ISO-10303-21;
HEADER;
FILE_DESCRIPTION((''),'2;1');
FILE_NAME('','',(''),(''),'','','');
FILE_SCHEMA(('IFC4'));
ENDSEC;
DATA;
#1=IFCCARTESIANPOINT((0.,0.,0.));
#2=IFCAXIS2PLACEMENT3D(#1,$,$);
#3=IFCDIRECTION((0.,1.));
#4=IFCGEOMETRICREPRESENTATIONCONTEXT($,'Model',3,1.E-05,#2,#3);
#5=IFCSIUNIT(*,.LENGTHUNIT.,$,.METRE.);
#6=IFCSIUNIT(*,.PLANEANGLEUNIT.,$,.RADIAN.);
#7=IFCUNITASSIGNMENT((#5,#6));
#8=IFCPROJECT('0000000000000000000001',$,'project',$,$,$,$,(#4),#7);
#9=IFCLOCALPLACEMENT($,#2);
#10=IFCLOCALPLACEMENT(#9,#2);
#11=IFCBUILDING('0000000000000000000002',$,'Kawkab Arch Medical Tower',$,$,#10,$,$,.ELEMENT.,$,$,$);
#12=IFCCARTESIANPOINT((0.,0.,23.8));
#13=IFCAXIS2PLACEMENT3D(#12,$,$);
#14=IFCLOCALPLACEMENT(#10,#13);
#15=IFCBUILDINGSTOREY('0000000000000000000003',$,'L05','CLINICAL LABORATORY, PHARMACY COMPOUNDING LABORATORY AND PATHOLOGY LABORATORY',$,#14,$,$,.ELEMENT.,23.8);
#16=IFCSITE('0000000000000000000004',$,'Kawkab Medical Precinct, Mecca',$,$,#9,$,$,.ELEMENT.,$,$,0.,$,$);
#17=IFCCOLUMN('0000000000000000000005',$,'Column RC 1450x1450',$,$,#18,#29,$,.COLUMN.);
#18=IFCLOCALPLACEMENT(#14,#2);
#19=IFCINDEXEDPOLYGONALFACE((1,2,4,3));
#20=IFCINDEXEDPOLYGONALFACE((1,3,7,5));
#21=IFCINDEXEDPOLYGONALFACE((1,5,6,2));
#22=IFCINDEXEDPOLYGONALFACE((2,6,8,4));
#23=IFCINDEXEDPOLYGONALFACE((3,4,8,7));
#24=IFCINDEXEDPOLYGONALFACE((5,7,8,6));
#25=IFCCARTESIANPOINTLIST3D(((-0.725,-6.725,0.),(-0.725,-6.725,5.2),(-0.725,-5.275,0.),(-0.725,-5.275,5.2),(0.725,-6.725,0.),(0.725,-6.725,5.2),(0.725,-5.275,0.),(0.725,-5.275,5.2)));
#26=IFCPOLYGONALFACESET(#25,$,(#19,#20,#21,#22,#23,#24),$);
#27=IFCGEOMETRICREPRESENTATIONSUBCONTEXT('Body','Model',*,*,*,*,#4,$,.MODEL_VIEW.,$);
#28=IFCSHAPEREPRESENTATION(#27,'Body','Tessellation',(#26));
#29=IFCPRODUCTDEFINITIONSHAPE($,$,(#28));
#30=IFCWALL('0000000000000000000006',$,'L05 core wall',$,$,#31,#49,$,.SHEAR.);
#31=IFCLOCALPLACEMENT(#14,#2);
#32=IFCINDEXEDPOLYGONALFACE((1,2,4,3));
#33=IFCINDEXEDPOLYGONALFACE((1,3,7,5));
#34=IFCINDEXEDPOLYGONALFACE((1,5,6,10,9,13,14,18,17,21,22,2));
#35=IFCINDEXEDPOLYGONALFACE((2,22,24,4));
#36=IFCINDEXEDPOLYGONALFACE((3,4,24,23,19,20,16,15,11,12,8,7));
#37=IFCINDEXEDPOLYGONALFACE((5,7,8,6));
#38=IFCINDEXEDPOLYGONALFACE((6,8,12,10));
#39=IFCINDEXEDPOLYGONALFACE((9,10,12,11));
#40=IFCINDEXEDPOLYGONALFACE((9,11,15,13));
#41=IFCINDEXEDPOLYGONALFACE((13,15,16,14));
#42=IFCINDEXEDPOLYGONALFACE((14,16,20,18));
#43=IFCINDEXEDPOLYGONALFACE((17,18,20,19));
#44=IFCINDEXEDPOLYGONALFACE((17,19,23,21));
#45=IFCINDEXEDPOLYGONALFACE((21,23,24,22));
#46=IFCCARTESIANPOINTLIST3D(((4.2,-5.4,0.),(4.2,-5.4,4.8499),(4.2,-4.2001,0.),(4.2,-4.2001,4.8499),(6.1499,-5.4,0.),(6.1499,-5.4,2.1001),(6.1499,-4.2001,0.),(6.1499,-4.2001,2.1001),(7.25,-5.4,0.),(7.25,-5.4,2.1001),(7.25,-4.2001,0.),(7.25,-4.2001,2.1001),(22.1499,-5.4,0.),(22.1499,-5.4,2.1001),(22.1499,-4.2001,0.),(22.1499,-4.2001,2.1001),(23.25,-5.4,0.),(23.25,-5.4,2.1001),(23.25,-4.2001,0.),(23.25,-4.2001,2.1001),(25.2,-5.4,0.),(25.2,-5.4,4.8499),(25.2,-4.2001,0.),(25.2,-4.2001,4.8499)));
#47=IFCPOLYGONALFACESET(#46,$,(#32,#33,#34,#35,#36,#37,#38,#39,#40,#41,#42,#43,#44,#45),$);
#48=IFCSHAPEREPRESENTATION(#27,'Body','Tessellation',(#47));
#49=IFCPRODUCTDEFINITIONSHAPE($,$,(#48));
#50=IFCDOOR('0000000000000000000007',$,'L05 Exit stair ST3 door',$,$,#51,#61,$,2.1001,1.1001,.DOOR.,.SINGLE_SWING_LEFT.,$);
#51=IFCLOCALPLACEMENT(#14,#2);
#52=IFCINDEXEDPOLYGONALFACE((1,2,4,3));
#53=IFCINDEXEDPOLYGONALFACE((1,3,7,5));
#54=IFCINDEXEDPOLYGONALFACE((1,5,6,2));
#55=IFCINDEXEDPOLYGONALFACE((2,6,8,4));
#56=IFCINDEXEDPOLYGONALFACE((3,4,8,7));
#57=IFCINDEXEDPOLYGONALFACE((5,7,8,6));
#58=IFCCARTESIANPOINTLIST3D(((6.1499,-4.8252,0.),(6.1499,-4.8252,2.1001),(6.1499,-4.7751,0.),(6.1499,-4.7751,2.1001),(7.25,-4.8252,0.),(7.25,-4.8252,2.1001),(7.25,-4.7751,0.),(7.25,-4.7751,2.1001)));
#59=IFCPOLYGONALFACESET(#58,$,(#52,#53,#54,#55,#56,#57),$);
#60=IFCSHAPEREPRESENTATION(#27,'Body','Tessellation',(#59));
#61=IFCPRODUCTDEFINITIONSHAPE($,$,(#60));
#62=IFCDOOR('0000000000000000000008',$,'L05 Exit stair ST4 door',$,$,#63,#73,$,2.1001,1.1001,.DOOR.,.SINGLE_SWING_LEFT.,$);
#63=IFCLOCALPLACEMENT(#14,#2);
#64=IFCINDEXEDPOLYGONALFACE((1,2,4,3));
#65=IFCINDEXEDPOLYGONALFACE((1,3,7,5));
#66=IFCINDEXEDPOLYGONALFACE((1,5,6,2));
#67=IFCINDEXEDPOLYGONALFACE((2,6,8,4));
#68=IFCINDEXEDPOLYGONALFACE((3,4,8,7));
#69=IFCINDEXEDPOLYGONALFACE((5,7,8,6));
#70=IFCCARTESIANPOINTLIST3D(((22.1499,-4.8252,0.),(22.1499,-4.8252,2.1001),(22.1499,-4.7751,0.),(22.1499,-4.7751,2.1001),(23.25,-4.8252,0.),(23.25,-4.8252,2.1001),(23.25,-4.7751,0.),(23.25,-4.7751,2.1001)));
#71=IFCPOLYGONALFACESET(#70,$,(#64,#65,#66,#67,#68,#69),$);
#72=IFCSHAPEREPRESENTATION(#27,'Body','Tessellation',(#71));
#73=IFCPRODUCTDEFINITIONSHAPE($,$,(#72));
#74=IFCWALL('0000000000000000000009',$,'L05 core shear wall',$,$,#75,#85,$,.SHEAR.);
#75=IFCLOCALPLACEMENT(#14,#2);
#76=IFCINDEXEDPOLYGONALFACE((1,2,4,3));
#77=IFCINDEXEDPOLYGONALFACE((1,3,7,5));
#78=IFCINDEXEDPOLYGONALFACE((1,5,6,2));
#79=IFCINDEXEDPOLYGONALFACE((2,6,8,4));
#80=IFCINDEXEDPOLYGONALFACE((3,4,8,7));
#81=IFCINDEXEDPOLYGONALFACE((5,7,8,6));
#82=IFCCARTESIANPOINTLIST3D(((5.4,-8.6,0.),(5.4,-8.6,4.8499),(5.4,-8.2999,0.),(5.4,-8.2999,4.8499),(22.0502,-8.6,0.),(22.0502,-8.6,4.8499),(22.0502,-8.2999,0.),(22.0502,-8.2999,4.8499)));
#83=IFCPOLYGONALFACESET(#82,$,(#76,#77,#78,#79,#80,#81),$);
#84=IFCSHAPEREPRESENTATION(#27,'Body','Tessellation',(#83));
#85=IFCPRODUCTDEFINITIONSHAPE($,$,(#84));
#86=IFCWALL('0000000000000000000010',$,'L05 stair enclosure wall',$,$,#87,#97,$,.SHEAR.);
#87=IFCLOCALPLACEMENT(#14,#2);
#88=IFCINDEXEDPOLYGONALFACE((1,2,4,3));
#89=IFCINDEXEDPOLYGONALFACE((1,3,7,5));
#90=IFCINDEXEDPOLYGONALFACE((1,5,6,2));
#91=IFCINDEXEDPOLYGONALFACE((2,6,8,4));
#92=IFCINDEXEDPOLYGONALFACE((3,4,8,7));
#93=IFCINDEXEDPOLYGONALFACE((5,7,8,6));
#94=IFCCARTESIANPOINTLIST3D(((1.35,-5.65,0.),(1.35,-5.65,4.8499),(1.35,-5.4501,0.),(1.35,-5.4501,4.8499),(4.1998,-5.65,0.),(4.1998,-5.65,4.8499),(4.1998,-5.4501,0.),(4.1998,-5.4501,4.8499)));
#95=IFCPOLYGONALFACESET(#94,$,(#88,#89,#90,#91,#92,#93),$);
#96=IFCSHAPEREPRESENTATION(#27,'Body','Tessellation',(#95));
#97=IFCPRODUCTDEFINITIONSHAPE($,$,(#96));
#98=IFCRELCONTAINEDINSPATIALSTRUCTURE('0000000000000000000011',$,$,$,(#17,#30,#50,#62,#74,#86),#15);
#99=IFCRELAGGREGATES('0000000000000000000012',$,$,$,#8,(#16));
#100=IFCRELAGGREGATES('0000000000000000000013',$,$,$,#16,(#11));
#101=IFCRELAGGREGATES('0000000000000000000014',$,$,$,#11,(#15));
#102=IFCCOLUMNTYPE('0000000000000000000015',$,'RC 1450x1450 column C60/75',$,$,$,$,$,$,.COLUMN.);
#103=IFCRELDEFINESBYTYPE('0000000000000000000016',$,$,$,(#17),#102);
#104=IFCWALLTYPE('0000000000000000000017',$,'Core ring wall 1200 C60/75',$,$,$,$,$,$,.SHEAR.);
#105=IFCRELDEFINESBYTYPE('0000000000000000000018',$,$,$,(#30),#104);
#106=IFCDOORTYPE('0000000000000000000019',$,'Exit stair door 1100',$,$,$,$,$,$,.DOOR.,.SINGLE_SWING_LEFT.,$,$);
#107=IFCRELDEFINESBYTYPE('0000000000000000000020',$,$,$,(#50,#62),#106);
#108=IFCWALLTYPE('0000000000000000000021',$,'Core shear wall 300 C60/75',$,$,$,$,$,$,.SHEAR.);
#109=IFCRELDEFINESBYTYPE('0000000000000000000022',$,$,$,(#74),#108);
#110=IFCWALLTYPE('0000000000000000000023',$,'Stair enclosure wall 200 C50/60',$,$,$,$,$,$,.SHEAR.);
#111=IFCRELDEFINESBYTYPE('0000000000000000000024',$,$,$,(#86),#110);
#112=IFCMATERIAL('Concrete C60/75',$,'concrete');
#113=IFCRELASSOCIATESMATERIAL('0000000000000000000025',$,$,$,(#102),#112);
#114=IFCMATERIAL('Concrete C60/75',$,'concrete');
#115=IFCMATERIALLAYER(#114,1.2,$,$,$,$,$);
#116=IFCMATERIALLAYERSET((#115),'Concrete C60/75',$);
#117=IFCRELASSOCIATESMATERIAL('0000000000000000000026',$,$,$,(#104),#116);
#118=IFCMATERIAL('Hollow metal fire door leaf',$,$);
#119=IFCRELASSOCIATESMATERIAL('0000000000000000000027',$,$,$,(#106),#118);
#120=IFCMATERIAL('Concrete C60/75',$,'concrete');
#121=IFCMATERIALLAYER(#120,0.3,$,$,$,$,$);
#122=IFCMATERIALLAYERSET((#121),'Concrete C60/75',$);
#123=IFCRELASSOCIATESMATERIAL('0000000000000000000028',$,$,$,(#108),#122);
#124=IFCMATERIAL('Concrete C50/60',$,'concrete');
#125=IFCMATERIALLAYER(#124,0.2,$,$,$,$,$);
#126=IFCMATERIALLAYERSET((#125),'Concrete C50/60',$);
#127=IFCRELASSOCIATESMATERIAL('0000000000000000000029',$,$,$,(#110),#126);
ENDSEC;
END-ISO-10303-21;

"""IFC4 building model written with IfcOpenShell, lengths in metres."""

from ifc_helpers import new_model, si_unit, direction, frame, frame_2d, origin, origin_2d, place, context, subcontext, project, spatial, rectangle, extrude, material, layer, layer_set, material_profile, profile_set, type_object, element, fill, save


model = new_model("IFC4")

# Units and contexts
model_context = context("Model", 3, precision=1e-05, world=origin(), true_north=direction((0.0, 1.0)))
body_context = subcontext(model_context, "Body", "Model", "MODEL_VIEW")
ifc_project = project(units=[si_unit("LENGTHUNIT", "METRE"), si_unit("PLANEANGLEUNIT", "RADIAN")], contexts=[model_context])

# Site, building, storey
site_placement = place(None, origin())
site = spatial("IfcSite", under=ifc_project, at=site_placement, Name="Kawkab Medical Precinct, Mecca", CompositionType="ELEMENT", RefElevation=0.0)
building_placement = place(site_placement, origin())
building = spatial("IfcBuilding", under=site, at=building_placement, Name="Kawkab Arch Medical Tower", CompositionType="ELEMENT")
storey_placement = place(building_placement, frame((0.0, 0.0, 23.8)))
storey = spatial("IfcBuildingStorey", under=building, at=storey_placement, Name="L05", Description="CLINICAL LABORATORY, PHARMACY COMPOUNDING LABORATORY AND PATHOLOGY LABORATORY", CompositionType="ELEMENT", Elevation=23.8)

# Column
ifc_material_1 = material(Name="Concrete C60/75", Category="concrete")
ifc_material_profile = material_profile(ifc_material_1, rectangle(XDim=1.45, YDim=1.45, at=origin_2d()), Name="RC 1450x1450")
ifc_profile_set = profile_set([ifc_material_profile], Name="Concrete C60/75")
column_type = type_object("IfcColumnType", Name="RC 1450x1450 column C60/75", PredefinedType="COLUMN", material=ifc_profile_set)
column_placement = place(storey_placement, frame((0.0, -6.0, 0.0), z_axis=(0.0, 0.0, 1.0), x_axis=(1.0, 0.0, 0.0)))
element("IfcColumn", 1, at=column_placement, inside=storey, type_object=column_type, Name="Column RC 1450x1450", PredefinedType="COLUMN", context=body_context, shape_type="SweptSolid", body=[
    extrude(rectangle(XDim=1.45, YDim=1.45, at=origin_2d()), origin(), (0.0, 0.0, 1.0), 5.2),
])

# Wall, openings, doors
ifc_material_2 = material(Name="Concrete C60/75", Category="concrete")
ifc_layer_1 = layer(ifc_material_2, 1.2)
ifc_layer_set_1 = layer_set([ifc_layer_1], Name="Concrete C60/75")
wall_type_1 = type_object("IfcWallType", Name="Core ring wall 1200 C60/75", PredefinedType="SHEAR", material=ifc_layer_set_1)
wall_1_placement = place(storey_placement, frame((4.2, -4.8, 0.0), z_axis=(0.0, 0.0, 1.0), x_axis=(1.0, 0.0, 0.0)))
wall_1 = element("IfcWall", 2, at=wall_1_placement, inside=storey, type_object=wall_type_1, Name="L05 core wall", PredefinedType="SHEAR", context=body_context, shape_type="SweptSolid", body=[
    extrude(rectangle(XDim=21.0, YDim=1.2, at=frame_2d((10.5, 0.0))), origin(), (0.0, 0.0, 1.0), 4.8499),
])
opening_1_placement = place(wall_1_placement, frame((1.95, 0.0, 0.0)))
opening_1 = element("IfcOpeningElement", 3, at=opening_1_placement, cuts=wall_1, PredefinedType="OPENING", context=body_context, shape_type="SweptSolid", body=[
    extrude(rectangle(XDim=1.1001, YDim=2.1001, at=frame_2d((0.55, 1.05))), frame((0.0, 0.6099, 0.0), z_axis=(0.0, -1.0, 0.0), x_axis=(1.0, 0.0, 0.0)), (0.0, 0.0, 1.0), 1.22),
])
opening_2_placement = place(wall_1_placement, frame((17.95, 0.0, 0.0)))
opening_2 = element("IfcOpeningElement", 4, at=opening_2_placement, cuts=wall_1, PredefinedType="OPENING", context=body_context, shape_type="SweptSolid", body=[
    extrude(rectangle(XDim=1.1001, YDim=2.1001, at=frame_2d((0.55, 1.05))), frame((0.0, 0.6099, 0.0), z_axis=(0.0, -1.0, 0.0), x_axis=(1.0, 0.0, 0.0)), (0.0, 0.0, 1.0), 1.22),
])
ifc_material_3 = material(Name="Hollow metal fire door leaf")
door_type = type_object("IfcDoorType", Name="Exit stair door 1100", OperationType="SINGLE_SWING_LEFT", PredefinedType="DOOR", material=ifc_material_3)
door_1_placement = place(opening_1_placement, origin())
door_1 = element("IfcDoor", 5, at=door_1_placement, inside=storey, type_object=door_type, Name="L05 Exit stair ST3 door", OperationType="SINGLE_SWING_LEFT", OverallHeight=2.1001, OverallWidth=1.1001, PredefinedType="DOOR", context=body_context, shape_type="SweptSolid", body=[
    extrude(rectangle(XDim=1.1001, YDim=2.1001, at=frame_2d((0.55, 1.05))), frame((0.0, 0.0249, 0.0), z_axis=(0.0, -1.0, 0.0), x_axis=(1.0, 0.0, 0.0)), (0.0, 0.0, 1.0), 0.05),
])
fill(opening_1, door_1)
door_2_placement = place(opening_2_placement, origin())
door_2 = element("IfcDoor", 6, at=door_2_placement, inside=storey, type_object=door_type, Name="L05 Exit stair ST4 door", OperationType="SINGLE_SWING_LEFT", OverallHeight=2.1001, OverallWidth=1.1001, PredefinedType="DOOR", context=body_context, shape_type="SweptSolid", body=[
    extrude(rectangle(XDim=1.1001, YDim=2.1001, at=frame_2d((0.55, 1.05))), frame((0.0, 0.0249, 0.0), z_axis=(0.0, -1.0, 0.0), x_axis=(1.0, 0.0, 0.0)), (0.0, 0.0, 1.0), 0.05),
])
fill(opening_2, door_2)

# Walls
ifc_material_4 = material(Name="Concrete C60/75", Category="concrete")
ifc_layer_2 = layer(ifc_material_4, 0.3)
ifc_layer_set_2 = layer_set([ifc_layer_2], Name="Concrete C60/75")
wall_type_2 = type_object("IfcWallType", Name="Core shear wall 300 C60/75", PredefinedType="SHEAR", material=ifc_layer_set_2)
wall_2_placement = place(storey_placement, frame((5.3999, -8.45, 0.0), z_axis=(0.0, 0.0, 1.0), x_axis=(1.0, 0.0, 0.0)))
element("IfcWall", 7, at=wall_2_placement, inside=storey, type_object=wall_type_2, Name="L05 core shear wall", PredefinedType="SHEAR", context=body_context, shape_type="SweptSolid", body=[
    extrude(rectangle(XDim=16.6501, YDim=0.3, at=frame_2d((8.3252, 0.0))), origin(), (0.0, 0.0, 1.0), 4.8499),
])
ifc_material_5 = material(Name="Concrete C50/60", Category="concrete")
ifc_layer_3 = layer(ifc_material_5, 0.2)
ifc_layer_set_3 = layer_set([ifc_layer_3], Name="Concrete C50/60")
wall_type_3 = type_object("IfcWallType", Name="Stair enclosure wall 200 C50/60", PredefinedType="SHEAR", material=ifc_layer_set_3)
wall_3_placement = place(storey_placement, frame((1.3501, -5.55, 0.0), z_axis=(0.0, 0.0, 1.0), x_axis=(1.0, 0.0, 0.0)))
element("IfcWall", 8, at=wall_3_placement, inside=storey, type_object=wall_type_3, Name="L05 stair enclosure wall", PredefinedType="SHEAR", context=body_context, shape_type="SweptSolid", body=[
    extrude(rectangle(XDim=2.8499, YDim=0.2, at=frame_2d((1.4248, 0.0))), origin(), (0.0, 0.0, 1.0), 4.8499),
])

save(model, "model.ifc")
